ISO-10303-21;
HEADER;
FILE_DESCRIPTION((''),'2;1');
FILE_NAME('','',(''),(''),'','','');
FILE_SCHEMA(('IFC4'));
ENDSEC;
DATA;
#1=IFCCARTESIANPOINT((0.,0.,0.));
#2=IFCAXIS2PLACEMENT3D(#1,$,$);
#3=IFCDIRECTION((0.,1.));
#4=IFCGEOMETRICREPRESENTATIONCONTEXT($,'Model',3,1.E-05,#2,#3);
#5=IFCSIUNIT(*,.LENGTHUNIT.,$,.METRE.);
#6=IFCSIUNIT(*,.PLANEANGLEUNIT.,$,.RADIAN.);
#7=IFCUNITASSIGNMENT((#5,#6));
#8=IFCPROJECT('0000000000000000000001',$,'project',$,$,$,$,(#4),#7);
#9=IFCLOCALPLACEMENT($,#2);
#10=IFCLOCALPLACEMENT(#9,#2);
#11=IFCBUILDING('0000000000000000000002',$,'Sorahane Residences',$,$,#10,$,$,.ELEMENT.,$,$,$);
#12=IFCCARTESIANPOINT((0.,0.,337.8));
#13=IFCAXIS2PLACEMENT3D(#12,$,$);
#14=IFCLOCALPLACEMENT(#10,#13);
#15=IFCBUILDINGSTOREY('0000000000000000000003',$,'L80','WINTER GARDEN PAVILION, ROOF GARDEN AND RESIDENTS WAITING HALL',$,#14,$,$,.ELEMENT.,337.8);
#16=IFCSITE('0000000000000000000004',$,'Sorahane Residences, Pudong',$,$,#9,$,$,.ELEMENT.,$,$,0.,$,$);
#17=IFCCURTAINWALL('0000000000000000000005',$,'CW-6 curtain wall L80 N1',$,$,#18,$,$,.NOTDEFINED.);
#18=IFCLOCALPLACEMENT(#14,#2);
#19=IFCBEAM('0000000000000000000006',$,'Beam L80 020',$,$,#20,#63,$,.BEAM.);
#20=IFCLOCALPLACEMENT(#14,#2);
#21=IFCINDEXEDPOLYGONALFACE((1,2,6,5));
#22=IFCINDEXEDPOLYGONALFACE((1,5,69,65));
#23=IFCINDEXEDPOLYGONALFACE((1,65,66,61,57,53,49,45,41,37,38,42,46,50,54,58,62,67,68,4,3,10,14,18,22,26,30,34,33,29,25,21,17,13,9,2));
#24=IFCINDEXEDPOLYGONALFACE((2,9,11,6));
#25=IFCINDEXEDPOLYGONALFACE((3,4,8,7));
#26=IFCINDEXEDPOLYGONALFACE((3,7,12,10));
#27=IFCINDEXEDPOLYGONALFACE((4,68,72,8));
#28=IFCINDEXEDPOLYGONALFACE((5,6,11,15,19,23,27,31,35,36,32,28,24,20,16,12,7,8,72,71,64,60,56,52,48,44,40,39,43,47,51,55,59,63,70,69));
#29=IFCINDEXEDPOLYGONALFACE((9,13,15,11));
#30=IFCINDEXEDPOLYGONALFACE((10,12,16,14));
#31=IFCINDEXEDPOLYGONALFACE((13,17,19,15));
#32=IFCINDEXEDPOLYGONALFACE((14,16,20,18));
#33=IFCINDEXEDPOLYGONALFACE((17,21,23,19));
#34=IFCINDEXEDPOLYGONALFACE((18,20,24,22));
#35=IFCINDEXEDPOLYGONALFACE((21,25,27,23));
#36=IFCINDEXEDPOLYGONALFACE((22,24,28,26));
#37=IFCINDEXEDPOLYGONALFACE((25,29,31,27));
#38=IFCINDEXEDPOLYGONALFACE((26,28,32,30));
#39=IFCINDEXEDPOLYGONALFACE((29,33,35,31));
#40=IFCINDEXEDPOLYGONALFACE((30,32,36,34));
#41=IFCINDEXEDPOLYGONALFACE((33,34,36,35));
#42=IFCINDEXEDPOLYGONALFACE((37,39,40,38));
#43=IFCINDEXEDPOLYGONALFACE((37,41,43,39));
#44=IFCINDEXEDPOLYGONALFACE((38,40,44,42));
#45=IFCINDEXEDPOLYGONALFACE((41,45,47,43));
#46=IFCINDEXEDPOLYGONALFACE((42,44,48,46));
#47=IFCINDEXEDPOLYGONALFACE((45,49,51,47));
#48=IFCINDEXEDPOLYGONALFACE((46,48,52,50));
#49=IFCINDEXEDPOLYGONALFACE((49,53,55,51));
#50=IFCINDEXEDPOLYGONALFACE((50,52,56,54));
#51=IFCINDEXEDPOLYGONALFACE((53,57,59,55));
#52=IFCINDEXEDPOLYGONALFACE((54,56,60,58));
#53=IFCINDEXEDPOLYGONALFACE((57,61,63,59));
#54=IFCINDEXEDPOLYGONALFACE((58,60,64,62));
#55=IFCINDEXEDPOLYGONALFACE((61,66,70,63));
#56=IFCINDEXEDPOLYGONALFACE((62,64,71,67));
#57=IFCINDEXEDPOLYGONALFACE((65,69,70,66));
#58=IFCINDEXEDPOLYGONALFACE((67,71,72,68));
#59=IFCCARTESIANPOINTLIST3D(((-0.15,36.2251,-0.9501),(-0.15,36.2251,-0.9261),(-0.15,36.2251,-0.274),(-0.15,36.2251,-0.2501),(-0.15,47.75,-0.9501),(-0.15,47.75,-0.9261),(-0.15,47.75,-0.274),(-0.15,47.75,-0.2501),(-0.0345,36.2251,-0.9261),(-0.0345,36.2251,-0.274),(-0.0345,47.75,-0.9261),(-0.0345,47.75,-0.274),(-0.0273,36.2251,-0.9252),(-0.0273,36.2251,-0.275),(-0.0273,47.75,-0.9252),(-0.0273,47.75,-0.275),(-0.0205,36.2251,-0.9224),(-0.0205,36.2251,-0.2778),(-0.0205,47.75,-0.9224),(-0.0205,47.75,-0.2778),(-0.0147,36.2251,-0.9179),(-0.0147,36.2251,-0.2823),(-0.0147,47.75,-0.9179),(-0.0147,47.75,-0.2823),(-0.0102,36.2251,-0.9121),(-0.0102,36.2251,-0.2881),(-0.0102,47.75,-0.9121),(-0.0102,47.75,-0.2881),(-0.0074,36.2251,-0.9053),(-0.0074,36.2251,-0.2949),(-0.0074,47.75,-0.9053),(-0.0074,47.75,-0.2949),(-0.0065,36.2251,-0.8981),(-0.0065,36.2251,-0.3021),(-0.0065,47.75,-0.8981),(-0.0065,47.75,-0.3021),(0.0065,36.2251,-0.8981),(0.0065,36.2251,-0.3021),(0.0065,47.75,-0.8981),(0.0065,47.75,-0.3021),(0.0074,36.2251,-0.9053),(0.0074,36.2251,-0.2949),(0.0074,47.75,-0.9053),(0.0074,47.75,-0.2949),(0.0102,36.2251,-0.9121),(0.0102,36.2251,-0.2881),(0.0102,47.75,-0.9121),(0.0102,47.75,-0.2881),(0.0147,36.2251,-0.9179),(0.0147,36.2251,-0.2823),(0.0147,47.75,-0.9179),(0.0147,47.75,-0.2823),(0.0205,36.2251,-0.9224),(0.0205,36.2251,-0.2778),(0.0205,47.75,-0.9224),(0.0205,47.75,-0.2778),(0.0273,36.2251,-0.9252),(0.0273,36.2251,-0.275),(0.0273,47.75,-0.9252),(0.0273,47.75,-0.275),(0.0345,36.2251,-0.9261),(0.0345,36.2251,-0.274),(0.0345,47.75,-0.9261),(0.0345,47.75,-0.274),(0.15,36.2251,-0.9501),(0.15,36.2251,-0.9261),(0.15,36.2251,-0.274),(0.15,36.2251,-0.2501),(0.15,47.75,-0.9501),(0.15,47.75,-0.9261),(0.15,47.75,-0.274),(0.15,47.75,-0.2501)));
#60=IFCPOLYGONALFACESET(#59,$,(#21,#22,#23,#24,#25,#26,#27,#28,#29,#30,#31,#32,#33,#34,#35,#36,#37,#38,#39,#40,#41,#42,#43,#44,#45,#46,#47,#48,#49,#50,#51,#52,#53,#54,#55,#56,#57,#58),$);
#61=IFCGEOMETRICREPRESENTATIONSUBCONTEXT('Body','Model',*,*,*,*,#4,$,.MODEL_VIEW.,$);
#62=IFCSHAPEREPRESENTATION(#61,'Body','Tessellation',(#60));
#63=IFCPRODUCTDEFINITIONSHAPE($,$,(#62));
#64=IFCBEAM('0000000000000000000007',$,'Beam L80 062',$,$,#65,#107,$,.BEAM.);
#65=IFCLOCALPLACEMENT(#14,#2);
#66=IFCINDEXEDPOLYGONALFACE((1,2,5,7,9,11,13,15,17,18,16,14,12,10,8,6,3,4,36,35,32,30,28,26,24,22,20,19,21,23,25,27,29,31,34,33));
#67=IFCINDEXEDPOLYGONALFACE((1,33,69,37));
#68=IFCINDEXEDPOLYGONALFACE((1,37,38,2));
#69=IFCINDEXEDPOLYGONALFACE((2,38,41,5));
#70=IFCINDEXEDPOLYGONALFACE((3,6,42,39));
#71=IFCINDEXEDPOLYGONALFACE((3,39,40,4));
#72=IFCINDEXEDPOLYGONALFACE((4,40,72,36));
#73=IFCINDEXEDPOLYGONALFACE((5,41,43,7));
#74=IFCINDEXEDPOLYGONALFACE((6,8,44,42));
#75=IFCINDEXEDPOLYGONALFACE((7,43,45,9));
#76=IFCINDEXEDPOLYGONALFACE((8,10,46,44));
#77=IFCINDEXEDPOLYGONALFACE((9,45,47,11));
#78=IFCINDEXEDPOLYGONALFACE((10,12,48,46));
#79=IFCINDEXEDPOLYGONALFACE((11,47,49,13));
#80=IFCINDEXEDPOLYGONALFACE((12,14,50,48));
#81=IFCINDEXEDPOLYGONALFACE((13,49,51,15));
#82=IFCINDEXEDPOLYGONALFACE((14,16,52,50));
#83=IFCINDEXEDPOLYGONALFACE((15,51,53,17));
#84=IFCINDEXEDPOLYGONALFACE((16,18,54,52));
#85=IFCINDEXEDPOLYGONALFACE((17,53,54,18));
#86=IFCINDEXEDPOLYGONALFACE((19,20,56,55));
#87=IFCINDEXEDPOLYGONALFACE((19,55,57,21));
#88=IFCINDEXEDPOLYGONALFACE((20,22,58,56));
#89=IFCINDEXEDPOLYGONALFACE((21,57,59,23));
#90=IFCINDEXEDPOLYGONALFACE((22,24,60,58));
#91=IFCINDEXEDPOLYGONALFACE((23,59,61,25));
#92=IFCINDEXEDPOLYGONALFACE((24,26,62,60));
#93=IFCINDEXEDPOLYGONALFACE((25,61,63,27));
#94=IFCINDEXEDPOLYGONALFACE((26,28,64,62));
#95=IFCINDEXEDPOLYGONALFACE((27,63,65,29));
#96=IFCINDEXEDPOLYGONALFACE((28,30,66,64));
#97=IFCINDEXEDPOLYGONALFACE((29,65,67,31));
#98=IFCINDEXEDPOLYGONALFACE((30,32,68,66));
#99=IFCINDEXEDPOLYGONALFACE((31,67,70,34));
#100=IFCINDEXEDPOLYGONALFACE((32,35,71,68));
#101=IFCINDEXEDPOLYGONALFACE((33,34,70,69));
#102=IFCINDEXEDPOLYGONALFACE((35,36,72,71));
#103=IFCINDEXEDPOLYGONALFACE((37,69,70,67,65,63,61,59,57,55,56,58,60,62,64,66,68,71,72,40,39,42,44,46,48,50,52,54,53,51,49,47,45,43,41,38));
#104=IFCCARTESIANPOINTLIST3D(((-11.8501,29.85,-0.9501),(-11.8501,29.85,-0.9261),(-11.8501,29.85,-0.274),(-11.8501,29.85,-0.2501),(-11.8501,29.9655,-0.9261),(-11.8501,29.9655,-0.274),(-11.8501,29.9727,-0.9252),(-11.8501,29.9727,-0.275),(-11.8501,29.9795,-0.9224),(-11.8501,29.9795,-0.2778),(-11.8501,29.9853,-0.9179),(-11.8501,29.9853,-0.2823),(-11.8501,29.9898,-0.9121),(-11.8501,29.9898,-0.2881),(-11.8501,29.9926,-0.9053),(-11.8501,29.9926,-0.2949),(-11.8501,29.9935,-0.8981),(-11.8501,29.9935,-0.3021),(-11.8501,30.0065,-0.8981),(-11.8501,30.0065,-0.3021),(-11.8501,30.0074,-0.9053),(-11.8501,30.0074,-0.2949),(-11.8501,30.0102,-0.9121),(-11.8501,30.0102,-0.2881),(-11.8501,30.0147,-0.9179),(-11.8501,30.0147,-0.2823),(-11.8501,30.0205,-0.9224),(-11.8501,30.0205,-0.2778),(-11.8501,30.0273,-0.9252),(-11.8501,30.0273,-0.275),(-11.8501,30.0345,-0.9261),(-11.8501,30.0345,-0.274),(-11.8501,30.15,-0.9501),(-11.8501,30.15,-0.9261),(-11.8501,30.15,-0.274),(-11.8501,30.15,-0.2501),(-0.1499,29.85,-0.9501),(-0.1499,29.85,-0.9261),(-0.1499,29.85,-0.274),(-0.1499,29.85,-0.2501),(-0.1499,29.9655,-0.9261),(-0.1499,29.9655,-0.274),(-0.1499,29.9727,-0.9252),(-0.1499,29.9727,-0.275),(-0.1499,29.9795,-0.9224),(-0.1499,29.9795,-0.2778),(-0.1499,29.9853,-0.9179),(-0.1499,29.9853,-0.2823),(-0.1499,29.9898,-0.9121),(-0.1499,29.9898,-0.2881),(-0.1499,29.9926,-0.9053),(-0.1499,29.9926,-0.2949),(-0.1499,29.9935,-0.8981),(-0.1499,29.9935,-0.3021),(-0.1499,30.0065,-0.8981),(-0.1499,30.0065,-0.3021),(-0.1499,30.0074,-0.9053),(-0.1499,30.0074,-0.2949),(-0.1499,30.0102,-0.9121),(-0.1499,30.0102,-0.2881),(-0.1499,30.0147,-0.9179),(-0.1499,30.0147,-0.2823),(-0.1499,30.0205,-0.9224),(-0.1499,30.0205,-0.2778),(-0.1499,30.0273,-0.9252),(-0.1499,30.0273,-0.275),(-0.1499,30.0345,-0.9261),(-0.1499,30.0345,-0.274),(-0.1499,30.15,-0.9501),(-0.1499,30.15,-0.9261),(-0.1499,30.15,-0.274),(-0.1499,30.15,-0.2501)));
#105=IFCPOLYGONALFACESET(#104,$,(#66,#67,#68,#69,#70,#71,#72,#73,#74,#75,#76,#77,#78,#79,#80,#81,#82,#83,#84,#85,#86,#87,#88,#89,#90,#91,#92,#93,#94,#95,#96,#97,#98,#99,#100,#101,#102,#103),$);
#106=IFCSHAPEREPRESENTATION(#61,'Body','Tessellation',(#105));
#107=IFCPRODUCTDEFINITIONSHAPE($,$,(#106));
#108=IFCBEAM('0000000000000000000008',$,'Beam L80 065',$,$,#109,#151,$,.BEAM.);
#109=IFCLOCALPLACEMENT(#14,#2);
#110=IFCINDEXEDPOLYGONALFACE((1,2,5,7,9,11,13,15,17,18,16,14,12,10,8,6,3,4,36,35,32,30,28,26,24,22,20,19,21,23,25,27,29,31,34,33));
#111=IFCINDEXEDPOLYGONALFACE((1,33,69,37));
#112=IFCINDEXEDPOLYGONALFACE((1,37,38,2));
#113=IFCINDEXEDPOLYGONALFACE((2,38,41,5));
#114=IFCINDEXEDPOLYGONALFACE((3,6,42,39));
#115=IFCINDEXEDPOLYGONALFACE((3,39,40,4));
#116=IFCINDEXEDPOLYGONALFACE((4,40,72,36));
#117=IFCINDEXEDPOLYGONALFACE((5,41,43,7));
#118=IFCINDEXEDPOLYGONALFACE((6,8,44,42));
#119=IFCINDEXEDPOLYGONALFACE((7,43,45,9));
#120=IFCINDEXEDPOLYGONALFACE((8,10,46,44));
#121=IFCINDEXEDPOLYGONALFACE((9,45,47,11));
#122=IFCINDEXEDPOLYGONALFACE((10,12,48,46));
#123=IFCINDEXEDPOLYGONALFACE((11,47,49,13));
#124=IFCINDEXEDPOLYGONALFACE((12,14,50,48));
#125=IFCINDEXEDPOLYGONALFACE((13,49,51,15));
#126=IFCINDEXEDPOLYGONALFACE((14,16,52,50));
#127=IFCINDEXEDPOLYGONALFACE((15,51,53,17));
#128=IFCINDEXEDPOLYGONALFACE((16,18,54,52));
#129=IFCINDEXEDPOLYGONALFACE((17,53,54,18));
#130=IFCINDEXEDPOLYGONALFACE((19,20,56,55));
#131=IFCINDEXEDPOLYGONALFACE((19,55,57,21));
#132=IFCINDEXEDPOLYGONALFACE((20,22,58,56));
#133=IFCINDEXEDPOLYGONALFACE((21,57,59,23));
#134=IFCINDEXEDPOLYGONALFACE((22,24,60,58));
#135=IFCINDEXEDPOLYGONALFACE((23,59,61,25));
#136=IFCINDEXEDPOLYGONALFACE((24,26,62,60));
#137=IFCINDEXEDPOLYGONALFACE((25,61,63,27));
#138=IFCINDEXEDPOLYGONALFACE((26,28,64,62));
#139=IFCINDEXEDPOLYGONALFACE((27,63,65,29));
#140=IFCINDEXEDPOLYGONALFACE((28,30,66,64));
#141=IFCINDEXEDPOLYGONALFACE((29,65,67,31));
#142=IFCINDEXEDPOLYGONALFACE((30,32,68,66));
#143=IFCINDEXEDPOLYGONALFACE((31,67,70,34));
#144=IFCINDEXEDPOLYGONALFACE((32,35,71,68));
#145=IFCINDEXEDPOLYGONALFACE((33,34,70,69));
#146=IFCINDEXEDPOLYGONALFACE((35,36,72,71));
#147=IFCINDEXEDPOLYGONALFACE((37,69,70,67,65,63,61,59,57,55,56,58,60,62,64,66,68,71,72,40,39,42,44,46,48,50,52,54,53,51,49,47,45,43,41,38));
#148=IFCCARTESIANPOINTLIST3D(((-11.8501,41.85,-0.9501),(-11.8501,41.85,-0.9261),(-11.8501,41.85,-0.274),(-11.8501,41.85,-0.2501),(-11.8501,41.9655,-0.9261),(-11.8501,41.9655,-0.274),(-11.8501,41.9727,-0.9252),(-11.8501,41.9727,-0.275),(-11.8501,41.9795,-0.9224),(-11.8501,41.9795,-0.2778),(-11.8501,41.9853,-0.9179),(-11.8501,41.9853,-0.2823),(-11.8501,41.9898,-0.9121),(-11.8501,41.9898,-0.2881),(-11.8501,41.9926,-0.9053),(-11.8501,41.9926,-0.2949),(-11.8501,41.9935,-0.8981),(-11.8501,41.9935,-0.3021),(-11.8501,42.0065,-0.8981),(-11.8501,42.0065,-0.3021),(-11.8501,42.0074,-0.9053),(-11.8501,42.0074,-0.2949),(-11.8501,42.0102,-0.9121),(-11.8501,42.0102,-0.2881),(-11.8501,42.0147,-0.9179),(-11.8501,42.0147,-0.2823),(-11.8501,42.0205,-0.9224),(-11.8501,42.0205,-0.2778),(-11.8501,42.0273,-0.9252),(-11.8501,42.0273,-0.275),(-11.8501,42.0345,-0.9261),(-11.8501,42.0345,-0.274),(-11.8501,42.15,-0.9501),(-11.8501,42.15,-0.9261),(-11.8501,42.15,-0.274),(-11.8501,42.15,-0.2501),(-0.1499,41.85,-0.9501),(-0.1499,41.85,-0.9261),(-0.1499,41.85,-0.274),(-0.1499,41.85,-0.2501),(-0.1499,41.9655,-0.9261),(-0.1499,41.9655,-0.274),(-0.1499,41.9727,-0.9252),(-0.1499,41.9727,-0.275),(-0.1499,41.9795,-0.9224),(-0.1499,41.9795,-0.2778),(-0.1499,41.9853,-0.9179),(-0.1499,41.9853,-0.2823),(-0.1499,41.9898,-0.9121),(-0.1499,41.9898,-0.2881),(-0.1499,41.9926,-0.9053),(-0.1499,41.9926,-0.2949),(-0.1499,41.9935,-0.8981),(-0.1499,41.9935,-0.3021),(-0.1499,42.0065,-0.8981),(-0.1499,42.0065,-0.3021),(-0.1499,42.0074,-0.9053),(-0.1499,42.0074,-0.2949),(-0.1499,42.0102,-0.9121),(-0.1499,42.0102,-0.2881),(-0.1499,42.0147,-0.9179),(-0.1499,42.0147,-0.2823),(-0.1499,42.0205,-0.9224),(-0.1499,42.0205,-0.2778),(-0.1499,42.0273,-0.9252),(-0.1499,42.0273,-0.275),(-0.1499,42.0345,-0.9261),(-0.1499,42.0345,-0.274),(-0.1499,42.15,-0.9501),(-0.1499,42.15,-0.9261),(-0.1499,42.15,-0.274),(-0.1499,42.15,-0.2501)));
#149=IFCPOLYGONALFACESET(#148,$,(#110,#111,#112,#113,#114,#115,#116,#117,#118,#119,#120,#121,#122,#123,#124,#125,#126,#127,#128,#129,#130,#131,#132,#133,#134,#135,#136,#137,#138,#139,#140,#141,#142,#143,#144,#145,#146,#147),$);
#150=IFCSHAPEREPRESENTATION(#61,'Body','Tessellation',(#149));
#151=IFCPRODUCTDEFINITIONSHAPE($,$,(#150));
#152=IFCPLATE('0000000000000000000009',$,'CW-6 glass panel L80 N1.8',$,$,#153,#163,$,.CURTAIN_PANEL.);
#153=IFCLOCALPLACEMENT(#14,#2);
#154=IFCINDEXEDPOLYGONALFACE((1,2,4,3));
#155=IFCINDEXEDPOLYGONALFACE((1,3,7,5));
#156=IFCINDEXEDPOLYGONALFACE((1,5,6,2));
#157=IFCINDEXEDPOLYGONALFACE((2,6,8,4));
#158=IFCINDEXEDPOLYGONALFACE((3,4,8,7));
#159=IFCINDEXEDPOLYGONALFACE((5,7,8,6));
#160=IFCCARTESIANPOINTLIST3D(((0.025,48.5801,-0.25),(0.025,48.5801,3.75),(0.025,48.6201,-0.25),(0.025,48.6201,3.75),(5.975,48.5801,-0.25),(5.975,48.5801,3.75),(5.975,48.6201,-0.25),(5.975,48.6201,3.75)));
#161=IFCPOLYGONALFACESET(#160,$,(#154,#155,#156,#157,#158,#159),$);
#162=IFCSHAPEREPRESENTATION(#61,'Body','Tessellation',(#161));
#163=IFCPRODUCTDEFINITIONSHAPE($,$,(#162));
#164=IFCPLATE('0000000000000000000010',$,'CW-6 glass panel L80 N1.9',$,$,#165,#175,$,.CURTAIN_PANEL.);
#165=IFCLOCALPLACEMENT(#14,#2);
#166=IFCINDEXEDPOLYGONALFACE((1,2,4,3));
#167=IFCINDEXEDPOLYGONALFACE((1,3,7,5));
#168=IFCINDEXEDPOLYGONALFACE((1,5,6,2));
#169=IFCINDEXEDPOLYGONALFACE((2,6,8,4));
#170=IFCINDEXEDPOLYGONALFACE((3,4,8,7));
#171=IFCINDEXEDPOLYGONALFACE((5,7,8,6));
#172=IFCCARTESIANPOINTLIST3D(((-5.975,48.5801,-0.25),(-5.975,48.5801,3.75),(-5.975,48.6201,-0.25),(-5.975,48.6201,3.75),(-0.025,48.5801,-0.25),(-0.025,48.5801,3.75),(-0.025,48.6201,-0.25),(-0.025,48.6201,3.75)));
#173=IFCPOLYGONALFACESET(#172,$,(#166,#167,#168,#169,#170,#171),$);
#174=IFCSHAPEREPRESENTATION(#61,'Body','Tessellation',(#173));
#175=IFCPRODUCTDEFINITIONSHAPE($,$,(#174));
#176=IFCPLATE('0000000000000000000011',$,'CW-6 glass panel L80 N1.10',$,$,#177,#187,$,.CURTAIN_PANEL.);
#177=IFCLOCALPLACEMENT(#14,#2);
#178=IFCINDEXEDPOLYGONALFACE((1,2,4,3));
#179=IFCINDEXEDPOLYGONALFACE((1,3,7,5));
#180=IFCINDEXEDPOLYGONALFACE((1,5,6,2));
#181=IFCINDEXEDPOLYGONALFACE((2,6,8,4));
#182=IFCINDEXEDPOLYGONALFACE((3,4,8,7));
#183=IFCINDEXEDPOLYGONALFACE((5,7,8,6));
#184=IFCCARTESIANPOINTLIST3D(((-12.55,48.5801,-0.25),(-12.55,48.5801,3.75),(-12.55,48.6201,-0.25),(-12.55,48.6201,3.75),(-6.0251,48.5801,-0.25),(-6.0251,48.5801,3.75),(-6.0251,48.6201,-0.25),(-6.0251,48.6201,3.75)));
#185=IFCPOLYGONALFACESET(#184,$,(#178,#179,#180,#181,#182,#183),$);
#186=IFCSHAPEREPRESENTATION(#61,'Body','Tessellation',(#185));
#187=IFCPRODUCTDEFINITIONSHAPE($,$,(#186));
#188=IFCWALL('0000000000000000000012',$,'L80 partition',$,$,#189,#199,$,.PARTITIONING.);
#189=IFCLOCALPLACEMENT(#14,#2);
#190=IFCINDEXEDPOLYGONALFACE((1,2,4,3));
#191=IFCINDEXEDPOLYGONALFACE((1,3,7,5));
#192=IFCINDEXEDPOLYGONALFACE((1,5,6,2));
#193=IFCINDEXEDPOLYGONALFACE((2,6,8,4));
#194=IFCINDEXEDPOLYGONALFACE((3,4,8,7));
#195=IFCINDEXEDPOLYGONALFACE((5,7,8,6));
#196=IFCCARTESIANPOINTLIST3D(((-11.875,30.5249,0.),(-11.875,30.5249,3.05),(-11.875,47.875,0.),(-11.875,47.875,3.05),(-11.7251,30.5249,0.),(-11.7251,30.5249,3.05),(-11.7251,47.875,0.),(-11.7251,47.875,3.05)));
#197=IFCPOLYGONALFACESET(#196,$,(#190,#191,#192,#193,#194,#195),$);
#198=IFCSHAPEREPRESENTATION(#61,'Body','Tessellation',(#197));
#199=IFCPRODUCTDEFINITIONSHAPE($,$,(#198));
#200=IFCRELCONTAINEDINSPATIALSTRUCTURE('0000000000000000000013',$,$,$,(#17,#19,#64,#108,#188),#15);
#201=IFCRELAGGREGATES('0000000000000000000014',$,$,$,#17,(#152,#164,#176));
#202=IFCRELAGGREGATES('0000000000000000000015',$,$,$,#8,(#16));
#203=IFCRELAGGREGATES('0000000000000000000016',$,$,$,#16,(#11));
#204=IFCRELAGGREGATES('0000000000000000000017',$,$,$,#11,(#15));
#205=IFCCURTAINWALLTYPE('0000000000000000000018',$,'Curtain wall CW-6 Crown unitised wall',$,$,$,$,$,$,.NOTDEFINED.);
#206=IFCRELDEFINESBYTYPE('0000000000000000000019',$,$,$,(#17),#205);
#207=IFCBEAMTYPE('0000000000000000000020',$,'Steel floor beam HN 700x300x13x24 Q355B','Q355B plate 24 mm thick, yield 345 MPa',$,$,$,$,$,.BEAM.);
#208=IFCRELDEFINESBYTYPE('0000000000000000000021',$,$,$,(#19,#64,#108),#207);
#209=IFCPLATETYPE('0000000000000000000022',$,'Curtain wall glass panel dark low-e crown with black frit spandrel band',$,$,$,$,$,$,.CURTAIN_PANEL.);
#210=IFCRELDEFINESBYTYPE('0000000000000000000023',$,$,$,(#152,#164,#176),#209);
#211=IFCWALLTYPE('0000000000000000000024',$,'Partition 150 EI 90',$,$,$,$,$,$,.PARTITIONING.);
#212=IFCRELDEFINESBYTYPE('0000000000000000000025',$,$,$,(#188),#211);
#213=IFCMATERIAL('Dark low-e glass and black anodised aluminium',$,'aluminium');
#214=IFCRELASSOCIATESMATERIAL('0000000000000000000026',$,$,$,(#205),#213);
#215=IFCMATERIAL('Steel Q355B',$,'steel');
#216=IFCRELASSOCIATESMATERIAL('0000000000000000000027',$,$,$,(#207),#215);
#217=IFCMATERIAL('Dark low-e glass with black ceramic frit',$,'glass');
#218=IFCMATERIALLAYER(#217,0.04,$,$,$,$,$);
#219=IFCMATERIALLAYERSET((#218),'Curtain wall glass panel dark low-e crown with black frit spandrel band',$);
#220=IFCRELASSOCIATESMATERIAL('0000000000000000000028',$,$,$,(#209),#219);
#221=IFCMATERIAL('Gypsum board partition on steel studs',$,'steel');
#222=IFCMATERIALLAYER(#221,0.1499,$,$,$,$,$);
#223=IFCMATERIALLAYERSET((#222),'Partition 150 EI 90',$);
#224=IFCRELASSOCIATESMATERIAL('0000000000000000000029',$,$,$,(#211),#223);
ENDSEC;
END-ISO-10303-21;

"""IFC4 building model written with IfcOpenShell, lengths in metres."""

from ifc_helpers import new_model, si_unit, direction, frame, frame_2d, origin, origin_2d, place, context, subcontext, project, spatial, rectangle, i_section, extrude, material, layer, layer_set, material_profile, profile_set, type_object, element, aggregate, save


model = new_model("IFC4")

# Units and contexts
model_context = context("Model", 3, precision=1e-05, world=origin(), true_north=direction((0.0, 1.0)))
body_context = subcontext(model_context, "Body", "Model", "MODEL_VIEW")
ifc_project = project(units=[si_unit("LENGTHUNIT", "METRE"), si_unit("PLANEANGLEUNIT", "RADIAN")], contexts=[model_context])

# Site, building, storey
site_placement = place(None, origin())
site = spatial("IfcSite", under=ifc_project, at=site_placement, Name="Sorahane Residences, Pudong", CompositionType="ELEMENT", RefElevation=0.0)
building_placement = place(site_placement, origin())
building = spatial("IfcBuilding", under=site, at=building_placement, Name="Sorahane Residences", CompositionType="ELEMENT")
storey_placement = place(building_placement, frame((0.0, 0.0, 337.8)))
storey = spatial("IfcBuildingStorey", under=building, at=storey_placement, Name="L80", Description="WINTER GARDEN PAVILION, ROOF GARDEN AND RESIDENTS WAITING HALL", CompositionType="ELEMENT", Elevation=337.8)

# Curtain wall
ifc_material_1 = material(Name="Dark low-e glass and black anodised aluminium", Category="aluminium")
curtain_wall_type = type_object("IfcCurtainWallType", Name="Curtain wall CW-6 Crown unitised wall", PredefinedType="NOTDEFINED", material=ifc_material_1)
curtain_wall_placement = place(storey_placement, origin())
curtain_wall = element("IfcCurtainWall", 1, at=curtain_wall_placement, inside=storey, type_object=curtain_wall_type, Name="CW-6 curtain wall L80 N1", PredefinedType="NOTDEFINED")

# Beams
ifc_material_2 = material(Name="Steel Q355B", Category="steel")
ifc_material_profile_1 = material_profile(ifc_material_2, i_section(OverallWidth=0.3, OverallDepth=0.7, WebThickness=0.0129, FlangeThickness=0.0239, FilletRadius=0.0281, at=origin_2d()), Name="HN 700x300x13x24")
ifc_profile_set_1 = profile_set([ifc_material_profile_1], Name="Steel Q355B")
beam_type_1 = type_object("IfcBeamType", Name="Steel floor beam HN 700x300x13x24 Q355B", Description="Q355B plate 24 mm thick, yield 345 MPa", PredefinedType="BEAM", material=ifc_profile_set_1)
beam_1_placement = place(storey_placement, frame((0.0, 36.2251, -0.6001), z_axis=(0.0, 1.0, 0.0), x_axis=(-1.0, 0.0, 0.0)))
element("IfcBeam", 2, at=beam_1_placement, inside=storey, type_object=beam_type_1, Name="Beam L80 020", PredefinedType="BEAM", context=body_context, shape_type="SweptSolid", body=[
    extrude(i_section(OverallWidth=0.3, OverallDepth=0.7, WebThickness=0.0129, FlangeThickness=0.0239, FilletRadius=0.0281, at=origin_2d()), origin(), (0.0, 0.0, 1.0), 11.5249),
])
for number, where, z_axis, x_axis, name in (
    (3, (-11.8501, 30.0, -0.6001), (1.0, 0.0, 0.0), (0.0, 1.0, 0.0), "Beam L80 062"),
    (4, (-11.8501, 42.0, -0.6001), (1.0, 0.0, 0.0), (0.0, 1.0, 0.0), "Beam L80 065"),
):
    element("IfcBeam", number, at=place(storey_placement, frame(where, z_axis=z_axis, x_axis=x_axis)), inside=storey, type_object=beam_type_1, Name=name, PredefinedType="BEAM", context=body_context, shape_type="SweptSolid", body=[
        extrude(i_section(OverallWidth=0.3, OverallDepth=0.7, WebThickness=0.0129, FlangeThickness=0.0239, FilletRadius=0.0281, at=origin_2d()), origin(), (0.0, 0.0, 1.0), 11.7002),
    ])

# Plates
ifc_material_3 = material(Name="Dark low-e glass with black ceramic frit", Category="glass")
ifc_layer_1 = layer(ifc_material_3, 0.04)
ifc_layer_set_1 = layer_set([ifc_layer_1], Name="Curtain wall glass panel dark low-e crown with black frit spandrel band")
plate_type = type_object("IfcPlateType", Name="Curtain wall glass panel dark low-e crown with black frit spandrel band", PredefinedType="CURTAIN_PANEL", material=ifc_layer_set_1)
plate_1_placement = place(storey_placement, frame((3.0, 48.6001, -0.25), z_axis=(0.0, 0.0, 1.0), x_axis=(-1.0, 0.0, 0.0)))
plate_1 = element("IfcPlate", 5, at=plate_1_placement, type_object=plate_type, Name="CW-6 glass panel L80 N1.8", PredefinedType="CURTAIN_PANEL", context=body_context, shape_type="SweptSolid", body=[
    extrude(rectangle(XDim=5.95, YDim=0.04, at=origin_2d()), origin(), (0.0, 0.0, 1.0), 4.0),
])
plate_2_placement = place(storey_placement, frame((-3.0, 48.6001, -0.25), z_axis=(0.0, 0.0, 1.0), x_axis=(-1.0, 0.0, 0.0)))
plate_2 = element("IfcPlate", 6, at=plate_2_placement, type_object=plate_type, Name="CW-6 glass panel L80 N1.9", PredefinedType="CURTAIN_PANEL", context=body_context, shape_type="SweptSolid", body=[
    extrude(rectangle(XDim=5.95, YDim=0.04, at=origin_2d()), origin(), (0.0, 0.0, 1.0), 4.0),
])
plate_3_placement = place(storey_placement, frame((-9.2876, 48.6001, -0.25), z_axis=(0.0, 0.0, 1.0), x_axis=(-1.0, 0.0, 0.0)))
plate_3 = element("IfcPlate", 7, at=plate_3_placement, type_object=plate_type, Name="CW-6 glass panel L80 N1.10", PredefinedType="CURTAIN_PANEL", context=body_context, shape_type="SweptSolid", body=[
    extrude(rectangle(XDim=6.5249, YDim=0.04, at=origin_2d()), origin(), (0.0, 0.0, 1.0), 4.0),
])
aggregate(curtain_wall, [plate_1, plate_2, plate_3])

# Wall
ifc_material_4 = material(Name="Gypsum board partition on steel studs", Category="steel")
ifc_layer_2 = layer(ifc_material_4, 0.1499)
ifc_layer_set_2 = layer_set([ifc_layer_2], Name="Partition 150 EI 90")
wall_type = type_object("IfcWallType", Name="Partition 150 EI 90", PredefinedType="PARTITIONING", material=ifc_layer_set_2)
wall_1_placement = place(storey_placement, frame((-11.8, 30.5249, 0.0), z_axis=(0.0, 0.0, 1.0), x_axis=(0.0, 1.0, 0.0)))
element("IfcWall", 8, at=wall_1_placement, inside=storey, type_object=wall_type, Name="L80 partition", PredefinedType="PARTITIONING", context=body_context, shape_type="SweptSolid", body=[
    extrude(rectangle(XDim=17.3501, YDim=0.1499, at=frame_2d((8.675, 0.0))), origin(), (0.0, 0.0, 1.0), 3.05),
])

save(model, "model.ifc")
